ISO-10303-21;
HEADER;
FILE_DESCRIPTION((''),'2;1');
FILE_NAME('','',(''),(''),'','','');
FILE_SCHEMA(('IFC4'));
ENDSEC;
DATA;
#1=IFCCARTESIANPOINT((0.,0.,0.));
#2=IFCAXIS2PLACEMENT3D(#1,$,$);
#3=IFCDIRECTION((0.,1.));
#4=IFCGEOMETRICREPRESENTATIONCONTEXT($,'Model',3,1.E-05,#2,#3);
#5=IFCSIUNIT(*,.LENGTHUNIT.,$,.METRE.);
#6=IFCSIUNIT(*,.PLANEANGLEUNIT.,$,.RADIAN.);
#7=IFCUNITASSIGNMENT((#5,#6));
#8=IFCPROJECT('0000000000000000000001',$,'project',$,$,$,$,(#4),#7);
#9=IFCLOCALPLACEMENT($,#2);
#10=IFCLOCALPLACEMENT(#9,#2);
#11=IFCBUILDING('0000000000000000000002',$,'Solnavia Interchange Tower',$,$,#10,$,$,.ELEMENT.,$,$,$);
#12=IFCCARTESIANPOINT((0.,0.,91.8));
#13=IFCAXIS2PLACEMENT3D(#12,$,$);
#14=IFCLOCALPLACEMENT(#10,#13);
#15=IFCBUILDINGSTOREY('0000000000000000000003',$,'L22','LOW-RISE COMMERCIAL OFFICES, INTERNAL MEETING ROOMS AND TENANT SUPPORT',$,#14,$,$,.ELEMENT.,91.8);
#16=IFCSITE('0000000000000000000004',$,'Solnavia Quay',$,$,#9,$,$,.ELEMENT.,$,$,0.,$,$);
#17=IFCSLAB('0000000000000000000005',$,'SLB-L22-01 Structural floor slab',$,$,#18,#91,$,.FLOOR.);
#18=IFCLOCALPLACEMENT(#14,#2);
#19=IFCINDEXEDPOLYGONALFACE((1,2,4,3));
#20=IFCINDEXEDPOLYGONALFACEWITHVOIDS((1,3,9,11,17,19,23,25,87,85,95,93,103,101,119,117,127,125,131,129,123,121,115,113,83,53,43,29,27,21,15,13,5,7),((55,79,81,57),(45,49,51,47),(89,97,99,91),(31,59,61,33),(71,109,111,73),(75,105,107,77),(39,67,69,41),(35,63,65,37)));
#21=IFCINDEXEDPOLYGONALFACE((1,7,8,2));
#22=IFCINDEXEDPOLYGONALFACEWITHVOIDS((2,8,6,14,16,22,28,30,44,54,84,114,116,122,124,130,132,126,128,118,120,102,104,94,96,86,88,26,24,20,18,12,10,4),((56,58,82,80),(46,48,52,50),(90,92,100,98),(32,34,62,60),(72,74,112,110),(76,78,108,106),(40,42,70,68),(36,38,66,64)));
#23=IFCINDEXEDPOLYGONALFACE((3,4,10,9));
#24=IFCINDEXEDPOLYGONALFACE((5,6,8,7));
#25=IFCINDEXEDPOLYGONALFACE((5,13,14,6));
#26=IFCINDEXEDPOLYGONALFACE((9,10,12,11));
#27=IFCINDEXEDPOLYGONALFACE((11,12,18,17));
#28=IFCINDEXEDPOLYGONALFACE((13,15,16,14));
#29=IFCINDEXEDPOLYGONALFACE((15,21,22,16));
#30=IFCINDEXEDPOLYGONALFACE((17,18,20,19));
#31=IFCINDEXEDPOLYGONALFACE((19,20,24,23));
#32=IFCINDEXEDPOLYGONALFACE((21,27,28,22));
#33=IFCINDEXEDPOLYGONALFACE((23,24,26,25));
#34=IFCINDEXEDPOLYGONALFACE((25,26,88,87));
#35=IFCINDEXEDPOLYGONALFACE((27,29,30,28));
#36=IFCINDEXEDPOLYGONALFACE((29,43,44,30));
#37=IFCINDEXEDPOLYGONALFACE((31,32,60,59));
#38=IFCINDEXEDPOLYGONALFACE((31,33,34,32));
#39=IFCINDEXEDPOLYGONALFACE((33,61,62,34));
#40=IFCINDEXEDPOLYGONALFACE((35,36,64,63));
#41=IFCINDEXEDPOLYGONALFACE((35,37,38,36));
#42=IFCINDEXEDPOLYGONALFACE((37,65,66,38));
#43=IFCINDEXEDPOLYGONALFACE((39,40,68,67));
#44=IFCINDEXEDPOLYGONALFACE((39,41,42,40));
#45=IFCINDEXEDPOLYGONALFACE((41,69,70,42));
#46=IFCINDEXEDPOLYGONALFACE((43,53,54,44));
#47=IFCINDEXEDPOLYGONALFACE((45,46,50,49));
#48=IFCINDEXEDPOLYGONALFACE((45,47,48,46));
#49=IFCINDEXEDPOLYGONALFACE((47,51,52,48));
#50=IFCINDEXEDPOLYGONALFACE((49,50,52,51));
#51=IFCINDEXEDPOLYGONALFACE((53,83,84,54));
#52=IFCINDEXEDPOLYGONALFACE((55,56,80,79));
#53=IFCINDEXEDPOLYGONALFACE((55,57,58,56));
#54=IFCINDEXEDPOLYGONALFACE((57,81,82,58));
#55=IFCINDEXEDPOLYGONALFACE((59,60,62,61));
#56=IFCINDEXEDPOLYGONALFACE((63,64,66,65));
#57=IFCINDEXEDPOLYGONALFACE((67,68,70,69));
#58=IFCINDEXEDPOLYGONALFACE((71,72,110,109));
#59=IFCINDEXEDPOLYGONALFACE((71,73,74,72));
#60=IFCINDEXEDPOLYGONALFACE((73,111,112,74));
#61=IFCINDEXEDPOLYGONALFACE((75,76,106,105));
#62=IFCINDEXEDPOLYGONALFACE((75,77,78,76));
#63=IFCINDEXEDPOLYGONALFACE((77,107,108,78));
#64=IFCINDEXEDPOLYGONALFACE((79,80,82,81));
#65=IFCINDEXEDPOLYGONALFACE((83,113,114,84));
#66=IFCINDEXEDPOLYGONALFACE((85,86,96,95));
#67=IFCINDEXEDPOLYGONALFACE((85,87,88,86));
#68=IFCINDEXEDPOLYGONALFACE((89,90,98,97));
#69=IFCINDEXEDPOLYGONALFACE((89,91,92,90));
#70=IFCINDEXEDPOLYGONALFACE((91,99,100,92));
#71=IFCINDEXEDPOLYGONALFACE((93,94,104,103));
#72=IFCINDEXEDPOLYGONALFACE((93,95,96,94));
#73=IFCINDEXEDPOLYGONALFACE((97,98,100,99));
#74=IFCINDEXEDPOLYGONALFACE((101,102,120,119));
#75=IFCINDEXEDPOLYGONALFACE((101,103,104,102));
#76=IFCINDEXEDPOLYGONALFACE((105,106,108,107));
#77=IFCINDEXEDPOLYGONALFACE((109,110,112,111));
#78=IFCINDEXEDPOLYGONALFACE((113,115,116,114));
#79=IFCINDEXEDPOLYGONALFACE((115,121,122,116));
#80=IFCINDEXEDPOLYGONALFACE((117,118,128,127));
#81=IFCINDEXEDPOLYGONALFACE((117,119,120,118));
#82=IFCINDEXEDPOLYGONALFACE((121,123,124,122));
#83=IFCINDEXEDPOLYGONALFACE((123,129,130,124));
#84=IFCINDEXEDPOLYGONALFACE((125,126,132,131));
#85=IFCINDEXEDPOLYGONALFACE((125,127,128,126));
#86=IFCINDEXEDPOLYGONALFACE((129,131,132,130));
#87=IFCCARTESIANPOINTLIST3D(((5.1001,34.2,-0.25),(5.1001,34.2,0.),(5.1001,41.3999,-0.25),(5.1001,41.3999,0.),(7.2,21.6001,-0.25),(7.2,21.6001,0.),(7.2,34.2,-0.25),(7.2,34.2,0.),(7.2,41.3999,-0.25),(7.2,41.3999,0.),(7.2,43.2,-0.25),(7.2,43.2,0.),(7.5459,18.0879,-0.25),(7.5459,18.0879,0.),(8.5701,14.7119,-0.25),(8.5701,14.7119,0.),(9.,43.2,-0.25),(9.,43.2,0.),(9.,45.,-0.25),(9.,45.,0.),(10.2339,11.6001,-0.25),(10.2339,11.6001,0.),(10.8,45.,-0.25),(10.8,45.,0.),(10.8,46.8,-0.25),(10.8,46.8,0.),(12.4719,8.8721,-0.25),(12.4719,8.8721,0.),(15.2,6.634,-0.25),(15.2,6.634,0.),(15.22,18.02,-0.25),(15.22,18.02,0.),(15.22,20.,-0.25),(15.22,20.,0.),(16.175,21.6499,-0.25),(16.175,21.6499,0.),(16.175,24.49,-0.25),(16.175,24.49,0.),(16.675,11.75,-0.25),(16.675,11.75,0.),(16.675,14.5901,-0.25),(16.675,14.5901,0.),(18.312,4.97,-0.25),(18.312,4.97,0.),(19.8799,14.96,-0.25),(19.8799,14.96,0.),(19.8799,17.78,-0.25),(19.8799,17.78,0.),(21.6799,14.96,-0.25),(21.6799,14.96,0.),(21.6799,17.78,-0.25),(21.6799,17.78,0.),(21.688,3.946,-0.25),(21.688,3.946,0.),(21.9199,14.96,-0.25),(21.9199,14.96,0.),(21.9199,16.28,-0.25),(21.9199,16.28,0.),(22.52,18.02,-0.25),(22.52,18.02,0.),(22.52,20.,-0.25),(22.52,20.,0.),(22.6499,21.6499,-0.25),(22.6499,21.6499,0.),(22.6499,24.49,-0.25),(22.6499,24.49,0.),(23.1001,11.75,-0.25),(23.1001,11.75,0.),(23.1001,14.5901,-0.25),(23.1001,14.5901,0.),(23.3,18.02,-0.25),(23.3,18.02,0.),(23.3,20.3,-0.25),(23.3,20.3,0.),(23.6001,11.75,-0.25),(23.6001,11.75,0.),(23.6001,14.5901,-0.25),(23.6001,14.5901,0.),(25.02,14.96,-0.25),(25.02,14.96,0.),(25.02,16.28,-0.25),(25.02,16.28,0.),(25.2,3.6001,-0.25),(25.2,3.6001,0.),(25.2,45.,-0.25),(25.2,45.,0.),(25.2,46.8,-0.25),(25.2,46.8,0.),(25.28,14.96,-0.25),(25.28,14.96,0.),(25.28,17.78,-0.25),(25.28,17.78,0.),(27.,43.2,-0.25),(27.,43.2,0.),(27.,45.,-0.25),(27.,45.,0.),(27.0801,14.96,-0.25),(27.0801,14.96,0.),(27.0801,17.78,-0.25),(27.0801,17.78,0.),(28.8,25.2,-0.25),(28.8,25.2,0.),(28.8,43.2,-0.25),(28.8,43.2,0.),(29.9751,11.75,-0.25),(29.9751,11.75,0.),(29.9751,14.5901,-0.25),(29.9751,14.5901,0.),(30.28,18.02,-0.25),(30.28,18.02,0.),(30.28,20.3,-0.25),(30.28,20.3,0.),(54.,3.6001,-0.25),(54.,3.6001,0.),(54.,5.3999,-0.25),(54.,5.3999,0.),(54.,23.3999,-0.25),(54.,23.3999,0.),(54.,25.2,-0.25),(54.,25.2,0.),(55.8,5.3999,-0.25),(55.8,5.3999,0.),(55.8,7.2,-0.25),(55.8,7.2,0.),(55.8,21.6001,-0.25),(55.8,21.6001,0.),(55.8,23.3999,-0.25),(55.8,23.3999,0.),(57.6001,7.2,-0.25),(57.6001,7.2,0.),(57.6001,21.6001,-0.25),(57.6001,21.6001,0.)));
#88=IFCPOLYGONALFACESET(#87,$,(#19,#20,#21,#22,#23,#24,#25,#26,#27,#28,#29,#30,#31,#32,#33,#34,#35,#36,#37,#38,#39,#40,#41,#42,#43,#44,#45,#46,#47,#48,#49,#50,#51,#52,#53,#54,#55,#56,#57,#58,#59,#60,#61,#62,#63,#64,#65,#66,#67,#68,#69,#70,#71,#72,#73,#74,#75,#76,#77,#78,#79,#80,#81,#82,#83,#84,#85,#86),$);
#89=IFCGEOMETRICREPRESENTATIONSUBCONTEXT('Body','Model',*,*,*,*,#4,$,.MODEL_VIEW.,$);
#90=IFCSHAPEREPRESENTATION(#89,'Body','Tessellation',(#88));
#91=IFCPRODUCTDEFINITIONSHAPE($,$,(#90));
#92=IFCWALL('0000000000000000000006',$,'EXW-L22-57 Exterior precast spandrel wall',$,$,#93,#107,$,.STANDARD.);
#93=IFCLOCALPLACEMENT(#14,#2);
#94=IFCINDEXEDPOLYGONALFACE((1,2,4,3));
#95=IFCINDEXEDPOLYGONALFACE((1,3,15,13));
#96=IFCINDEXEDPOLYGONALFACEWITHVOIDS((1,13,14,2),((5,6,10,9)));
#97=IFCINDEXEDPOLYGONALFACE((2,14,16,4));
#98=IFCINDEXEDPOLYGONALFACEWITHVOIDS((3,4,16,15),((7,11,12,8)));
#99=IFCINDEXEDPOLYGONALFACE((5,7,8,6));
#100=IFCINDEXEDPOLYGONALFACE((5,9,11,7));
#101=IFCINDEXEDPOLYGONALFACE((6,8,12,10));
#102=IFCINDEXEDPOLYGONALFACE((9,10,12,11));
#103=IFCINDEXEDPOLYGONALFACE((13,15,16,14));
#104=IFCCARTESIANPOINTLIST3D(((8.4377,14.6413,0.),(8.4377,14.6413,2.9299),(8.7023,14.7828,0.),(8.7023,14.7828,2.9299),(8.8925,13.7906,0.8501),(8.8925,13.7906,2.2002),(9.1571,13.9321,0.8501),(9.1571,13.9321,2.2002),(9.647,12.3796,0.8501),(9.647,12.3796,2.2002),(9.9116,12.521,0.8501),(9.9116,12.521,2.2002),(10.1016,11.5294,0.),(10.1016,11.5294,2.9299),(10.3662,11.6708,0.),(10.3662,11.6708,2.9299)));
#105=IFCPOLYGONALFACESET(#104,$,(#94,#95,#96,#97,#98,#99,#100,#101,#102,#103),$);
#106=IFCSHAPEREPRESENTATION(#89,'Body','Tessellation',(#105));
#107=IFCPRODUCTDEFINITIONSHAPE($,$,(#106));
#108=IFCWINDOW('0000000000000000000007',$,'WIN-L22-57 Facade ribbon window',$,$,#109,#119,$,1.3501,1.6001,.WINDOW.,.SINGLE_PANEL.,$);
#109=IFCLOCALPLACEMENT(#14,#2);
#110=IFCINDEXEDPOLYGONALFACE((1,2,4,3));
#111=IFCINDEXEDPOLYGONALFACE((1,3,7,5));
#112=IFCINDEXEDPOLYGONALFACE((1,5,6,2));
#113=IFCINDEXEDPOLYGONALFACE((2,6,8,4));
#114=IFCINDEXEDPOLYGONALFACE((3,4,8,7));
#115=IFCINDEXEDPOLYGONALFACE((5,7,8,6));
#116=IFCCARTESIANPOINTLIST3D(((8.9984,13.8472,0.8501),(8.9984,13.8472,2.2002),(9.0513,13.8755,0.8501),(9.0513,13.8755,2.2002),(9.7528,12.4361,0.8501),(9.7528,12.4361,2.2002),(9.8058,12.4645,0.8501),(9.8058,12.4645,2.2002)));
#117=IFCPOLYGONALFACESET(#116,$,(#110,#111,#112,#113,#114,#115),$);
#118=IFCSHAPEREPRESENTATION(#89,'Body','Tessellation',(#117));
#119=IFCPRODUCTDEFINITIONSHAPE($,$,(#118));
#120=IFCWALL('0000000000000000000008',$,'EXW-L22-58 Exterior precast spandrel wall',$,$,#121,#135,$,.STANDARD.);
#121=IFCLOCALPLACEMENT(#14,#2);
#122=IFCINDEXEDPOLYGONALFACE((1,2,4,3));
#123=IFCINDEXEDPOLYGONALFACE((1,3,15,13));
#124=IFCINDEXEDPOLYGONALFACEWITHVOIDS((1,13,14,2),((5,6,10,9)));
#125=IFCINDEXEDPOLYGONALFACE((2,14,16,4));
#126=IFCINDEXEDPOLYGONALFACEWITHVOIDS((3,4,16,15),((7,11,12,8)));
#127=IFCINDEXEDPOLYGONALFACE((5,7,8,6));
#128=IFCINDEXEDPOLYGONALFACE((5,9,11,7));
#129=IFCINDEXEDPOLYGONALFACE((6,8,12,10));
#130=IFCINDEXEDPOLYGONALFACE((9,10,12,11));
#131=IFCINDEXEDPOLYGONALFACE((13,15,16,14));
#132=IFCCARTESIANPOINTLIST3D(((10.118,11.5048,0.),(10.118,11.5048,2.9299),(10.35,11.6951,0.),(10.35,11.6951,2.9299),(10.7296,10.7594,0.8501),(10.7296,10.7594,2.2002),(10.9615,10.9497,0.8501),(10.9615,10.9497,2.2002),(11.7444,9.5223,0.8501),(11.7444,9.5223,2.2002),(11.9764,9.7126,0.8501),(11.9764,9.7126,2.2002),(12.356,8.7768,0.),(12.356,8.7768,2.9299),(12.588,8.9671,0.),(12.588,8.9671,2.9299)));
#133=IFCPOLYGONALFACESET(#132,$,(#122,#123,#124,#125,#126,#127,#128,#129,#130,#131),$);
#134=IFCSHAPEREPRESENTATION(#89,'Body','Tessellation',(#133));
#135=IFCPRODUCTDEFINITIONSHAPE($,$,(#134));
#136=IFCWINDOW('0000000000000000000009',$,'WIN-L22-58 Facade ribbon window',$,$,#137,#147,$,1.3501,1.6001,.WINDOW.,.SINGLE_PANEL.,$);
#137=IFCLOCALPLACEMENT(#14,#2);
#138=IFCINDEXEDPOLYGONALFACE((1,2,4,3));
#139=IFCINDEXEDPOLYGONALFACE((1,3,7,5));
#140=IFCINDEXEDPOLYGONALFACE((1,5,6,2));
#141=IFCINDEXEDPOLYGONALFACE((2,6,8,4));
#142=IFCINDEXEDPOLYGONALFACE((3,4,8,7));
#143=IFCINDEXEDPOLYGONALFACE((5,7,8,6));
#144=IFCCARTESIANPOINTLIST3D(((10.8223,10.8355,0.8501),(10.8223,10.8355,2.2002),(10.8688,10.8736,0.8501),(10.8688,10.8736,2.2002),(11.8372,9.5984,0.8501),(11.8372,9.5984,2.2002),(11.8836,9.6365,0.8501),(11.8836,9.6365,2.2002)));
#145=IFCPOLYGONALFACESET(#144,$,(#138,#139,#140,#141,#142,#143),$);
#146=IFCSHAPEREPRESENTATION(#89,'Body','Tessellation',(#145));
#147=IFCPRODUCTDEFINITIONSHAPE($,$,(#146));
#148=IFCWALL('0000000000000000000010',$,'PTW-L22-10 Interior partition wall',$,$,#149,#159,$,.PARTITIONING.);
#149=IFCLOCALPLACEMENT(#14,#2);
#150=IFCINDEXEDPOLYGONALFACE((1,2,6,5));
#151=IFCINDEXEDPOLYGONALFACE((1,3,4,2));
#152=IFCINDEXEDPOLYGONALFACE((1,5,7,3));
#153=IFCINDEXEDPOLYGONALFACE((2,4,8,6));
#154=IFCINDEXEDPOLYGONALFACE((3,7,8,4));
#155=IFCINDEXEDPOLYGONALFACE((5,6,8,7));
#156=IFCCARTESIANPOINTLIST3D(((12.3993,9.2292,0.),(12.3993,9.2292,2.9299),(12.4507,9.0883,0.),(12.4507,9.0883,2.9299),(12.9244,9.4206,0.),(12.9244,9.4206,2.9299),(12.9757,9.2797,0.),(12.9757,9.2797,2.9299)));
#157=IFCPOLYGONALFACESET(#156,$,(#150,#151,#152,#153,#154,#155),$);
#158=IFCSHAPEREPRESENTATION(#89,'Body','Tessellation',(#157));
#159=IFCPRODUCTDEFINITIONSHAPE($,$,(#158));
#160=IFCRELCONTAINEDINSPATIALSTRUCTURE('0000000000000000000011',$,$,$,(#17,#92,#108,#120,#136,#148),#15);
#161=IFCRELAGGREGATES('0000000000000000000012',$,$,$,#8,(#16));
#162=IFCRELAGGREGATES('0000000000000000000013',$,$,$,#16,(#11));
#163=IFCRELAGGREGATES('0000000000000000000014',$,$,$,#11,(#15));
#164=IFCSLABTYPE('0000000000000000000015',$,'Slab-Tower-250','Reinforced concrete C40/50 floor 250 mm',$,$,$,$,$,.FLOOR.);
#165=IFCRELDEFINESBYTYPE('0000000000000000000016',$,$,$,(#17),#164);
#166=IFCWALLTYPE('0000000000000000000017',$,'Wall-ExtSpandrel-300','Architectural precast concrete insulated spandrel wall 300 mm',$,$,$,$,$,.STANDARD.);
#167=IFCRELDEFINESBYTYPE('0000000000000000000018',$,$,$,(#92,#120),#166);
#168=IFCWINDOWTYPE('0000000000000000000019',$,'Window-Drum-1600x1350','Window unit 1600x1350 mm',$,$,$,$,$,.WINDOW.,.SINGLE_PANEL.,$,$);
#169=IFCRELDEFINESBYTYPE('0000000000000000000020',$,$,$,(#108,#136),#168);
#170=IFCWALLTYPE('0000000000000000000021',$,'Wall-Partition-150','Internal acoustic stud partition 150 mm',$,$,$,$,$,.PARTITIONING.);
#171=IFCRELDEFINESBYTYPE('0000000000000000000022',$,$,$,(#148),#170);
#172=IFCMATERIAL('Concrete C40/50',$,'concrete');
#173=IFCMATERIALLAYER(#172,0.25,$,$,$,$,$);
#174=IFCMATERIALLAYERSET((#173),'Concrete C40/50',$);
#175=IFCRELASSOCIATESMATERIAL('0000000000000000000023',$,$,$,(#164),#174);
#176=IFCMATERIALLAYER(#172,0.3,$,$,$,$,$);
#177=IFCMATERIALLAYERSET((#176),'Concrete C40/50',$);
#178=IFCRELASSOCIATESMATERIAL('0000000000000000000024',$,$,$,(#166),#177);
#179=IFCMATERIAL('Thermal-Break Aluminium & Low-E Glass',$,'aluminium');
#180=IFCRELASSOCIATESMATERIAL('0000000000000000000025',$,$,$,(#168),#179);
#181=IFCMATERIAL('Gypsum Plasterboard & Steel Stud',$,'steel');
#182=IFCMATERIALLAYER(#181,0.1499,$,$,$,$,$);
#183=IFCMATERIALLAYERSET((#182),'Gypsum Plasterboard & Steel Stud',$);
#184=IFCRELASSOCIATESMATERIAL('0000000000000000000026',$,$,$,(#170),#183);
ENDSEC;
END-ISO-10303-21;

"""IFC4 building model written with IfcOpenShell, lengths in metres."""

from ifc_helpers import new_model, si_unit, direction, frame, frame_2d, origin, place, context, subcontext, project, spatial, polyline, rectangle, outline, extrude, material, layer, layer_set, type_object, element, fill, save


model = new_model("IFC4")

# Units and contexts
model_context = context("Model", 3, precision=1e-05, world=origin(), true_north=direction((0.0, 1.0)))
body_context = subcontext(model_context, "Body", "Model", "MODEL_VIEW")
ifc_project = project(units=[si_unit("LENGTHUNIT", "METRE"), si_unit("PLANEANGLEUNIT", "RADIAN")], contexts=[model_context])

# Site, building, storey
site_placement = place(None, origin())
site = spatial("IfcSite", under=ifc_project, at=site_placement, Name="Solnavia Quay", CompositionType="ELEMENT", RefElevation=0.0)
building_placement = place(site_placement, origin())
building = spatial("IfcBuilding", under=site, at=building_placement, Name="Solnavia Interchange Tower", CompositionType="ELEMENT")
storey_placement = place(building_placement, frame((0.0, 0.0, 91.8)))
storey = spatial("IfcBuildingStorey", under=building, at=storey_placement, Name="L22", Description="LOW-RISE COMMERCIAL OFFICES, INTERNAL MEETING ROOMS AND TENANT SUPPORT", CompositionType="ELEMENT", Elevation=91.8)

# Shared definitions
ifc_material_1 = material(Name="Concrete C40/50", Category="concrete")

# Slab
ifc_layer_1 = layer(ifc_material_1, 0.25)
ifc_layer_set_1 = layer_set([ifc_layer_1], Name="Concrete C40/50")
slab_type_1 = type_object("IfcSlabType", Name="Slab-Tower-250", Description="Reinforced concrete C40/50 floor 250 mm", PredefinedType="FLOOR", material=ifc_layer_set_1)
slab_1_placement = place(storey_placement, frame((0.0, 0.0, -0.25)))
element("IfcSlab", 1, at=slab_1_placement, inside=storey, type_object=slab_type_1, Name="SLB-L22-01 Structural floor slab", PredefinedType="FLOOR", context=body_context, shape_type="SweptSolid", body=[
    extrude(outline(polyline([(25.2, 3.6001), (54.0, 3.6001), (54.0, 5.3999), (55.8, 5.3999), (55.8, 7.2), (57.6001, 7.2), (57.6001, 21.6001), (55.8, 21.6001), (55.8, 23.3999), (54.0, 23.3999), (54.0, 25.2), (28.8, 25.2), (28.8, 43.2), (27.0, 43.2), (27.0, 45.0), (25.2, 45.0), (25.2, 46.8), (10.8, 46.8), (10.8, 45.0), (9.0, 45.0), (9.0, 43.2), (7.2, 43.2), (7.2, 41.3999), (5.1001, 41.3999), (5.1001, 34.2), (7.2, 34.2), (7.2, 21.6001), (7.5459, 18.0879), (8.5701, 14.7119), (10.2339, 11.6001), (12.4719, 8.8721), (15.2, 6.634), (18.312, 4.97), (21.688, 3.946), (25.2, 3.6001)]), holes=[polyline([(16.675, 11.75), (23.1001, 11.75), (23.1001, 14.5901), (16.675, 14.5901), (16.675, 11.75)]), polyline([(23.6001, 11.75), (29.9751, 11.75), (29.9751, 14.5901), (23.6001, 14.5901), (23.6001, 11.75)]), polyline([(16.175, 21.6499), (22.6499, 21.6499), (22.6499, 24.49), (16.175, 24.49), (16.175, 21.6499)]), polyline([(19.8799, 14.96), (21.6799, 14.96), (21.6799, 17.78), (19.8799, 17.78), (19.8799, 14.96)]), polyline([(25.28, 14.96), (27.0801, 14.96), (27.0801, 17.78), (25.28, 17.78), (25.28, 14.96)]), polyline([(21.9199, 14.96), (25.02, 14.96), (25.02, 16.28), (21.9199, 16.28), (21.9199, 14.96)]), polyline([(15.22, 18.02), (22.52, 18.02), (22.52, 20.0), (15.22, 20.0), (15.22, 18.02)]), polyline([(23.3, 18.02), (30.28, 18.02), (30.28, 20.3), (23.3, 20.3), (23.3, 18.02)])]), origin(), (0.0, 0.0, 1.0), 0.25),
])

# Walls, openings, windows
ifc_layer_2 = layer(ifc_material_1, 0.3)
ifc_layer_set_2 = layer_set([ifc_layer_2], Name="Concrete C40/50")
wall_type_1 = type_object("IfcWallType", Name="Wall-ExtSpandrel-300", Description="Architectural precast concrete insulated spandrel wall 300 mm", PredefinedType="STANDARD", material=ifc_layer_set_2)
wall_1_placement = place(storey_placement, frame((10.2339, 11.6001, 0.0), z_axis=(0.0, 0.0, 1.0), x_axis=(-0.471511, 0.88186, 0.0)))
wall_1 = element("IfcWall", 2, at=wall_1_placement, inside=storey, type_object=wall_type_1, Name="EXW-L22-57 Exterior precast spandrel wall", PredefinedType="STANDARD", context=body_context, shape_type="SweptSolid", body=[
    extrude(rectangle(XDim=3.5288, YDim=0.3, at=frame_2d((1.7644, 0.0))), origin(), (0.0, 0.0, 1.0), 2.9299),
])
opening_1_placement = place(wall_1_placement, frame((0.9641, 0.0, 0.8501)))
opening_1 = element("IfcOpeningElement", 3, at=opening_1_placement, cuts=wall_1, PredefinedType="OPENING", context=body_context, shape_type="SweptSolid", body=[
    extrude(rectangle(XDim=1.6001, YDim=1.3501, at=frame_2d((0.8, 0.675))), frame((0.0, 0.1602, 0.0), z_axis=(0.0, -1.0, 0.0), x_axis=(1.0, 0.0, 0.0)), (0.0, 0.0, 1.0), 0.3201),
])
ifc_material_2 = material(Name="Thermal-Break Aluminium & Low-E Glass", Category="aluminium")
window_type = type_object("IfcWindowType", Name="Window-Drum-1600x1350", Description="Window unit 1600x1350 mm", PartitioningType="SINGLE_PANEL", PredefinedType="WINDOW", material=ifc_material_2)
window_1_placement = place(opening_1_placement, origin())
window_1 = element("IfcWindow", 4, at=window_1_placement, inside=storey, type_object=window_type, Name="WIN-L22-57 Facade ribbon window", OverallHeight=1.3501, OverallWidth=1.6001, PartitioningType="SINGLE_PANEL", PredefinedType="WINDOW", context=body_context, shape_type="SweptSolid", body=[
    extrude(rectangle(XDim=1.6001, YDim=1.3501, at=frame_2d((0.8, 0.675))), frame((0.0, 0.03, 0.0), z_axis=(0.0, -1.0, 0.0), x_axis=(1.0, 0.0, 0.0)), (0.0, 0.0, 1.0), 0.0601),
])
fill(opening_1, window_1)
wall_2_placement = place(storey_placement, frame((12.4719, 8.8721, 0.0), z_axis=(0.0, 0.0, 1.0), x_axis=(-0.634258, 0.773121, 0.0)))
wall_2 = element("IfcWall", 5, at=wall_2_placement, inside=storey, type_object=wall_type_1, Name="EXW-L22-58 Exterior precast spandrel wall", PredefinedType="STANDARD", context=body_context, shape_type="SweptSolid", body=[
    extrude(rectangle(XDim=3.5286, YDim=0.3, at=frame_2d((1.7642, 0.0))), origin(), (0.0, 0.0, 1.0), 2.9299),
])
opening_2_placement = place(wall_2_placement, frame((0.9641, 0.0, 0.8501)))
opening_2 = element("IfcOpeningElement", 6, at=opening_2_placement, cuts=wall_2, PredefinedType="OPENING", context=body_context, shape_type="SweptSolid", body=[
    extrude(rectangle(XDim=1.6001, YDim=1.3501, at=frame_2d((0.8, 0.675))), frame((0.0, 0.1602, 0.0), z_axis=(0.0, -1.0, 0.0), x_axis=(1.0, 0.0, 0.0)), (0.0, 0.0, 1.0), 0.3201),
])
window_2_placement = place(opening_2_placement, origin())
window_2 = element("IfcWindow", 7, at=window_2_placement, inside=storey, type_object=window_type, Name="WIN-L22-58 Facade ribbon window", OverallHeight=1.3501, OverallWidth=1.6001, PartitioningType="SINGLE_PANEL", PredefinedType="WINDOW", context=body_context, shape_type="SweptSolid", body=[
    extrude(rectangle(XDim=1.6001, YDim=1.3501, at=frame_2d((0.8, 0.675))), frame((0.0, 0.03, 0.0), z_axis=(0.0, -1.0, 0.0), x_axis=(1.0, 0.0, 0.0)), (0.0, 0.0, 1.0), 0.0601),
])
fill(opening_2, window_2)

# Wall
ifc_material_3 = material(Name="Gypsum Plasterboard & Steel Stud", Category="steel")
ifc_layer_3 = layer(ifc_material_3, 0.1499)
ifc_layer_set_3 = layer_set([ifc_layer_3], Name="Gypsum Plasterboard & Steel Stud")
wall_type_2 = type_object("IfcWallType", Name="Wall-Partition-150", Description="Internal acoustic stud partition 150 mm", PredefinedType="PARTITIONING", material=ifc_layer_set_3)
wall_3_placement = place(storey_placement, frame((12.95, 9.3501, 0.0), z_axis=(0.0, 0.0, 1.0), x_axis=(-0.939538, -0.342444, 0.0)))
element("IfcWall", 8, at=wall_3_placement, inside=storey, type_object=wall_type_2, Name="PTW-L22-10 Interior partition wall", PredefinedType="PARTITIONING", context=body_context, shape_type="SweptSolid", body=[
    extrude(rectangle(XDim=0.5588, YDim=0.1499, at=frame_2d((0.2793, 0.0))), origin(), (0.0, 0.0, 1.0), 2.9299),
])

save(model, "model.ifc")
